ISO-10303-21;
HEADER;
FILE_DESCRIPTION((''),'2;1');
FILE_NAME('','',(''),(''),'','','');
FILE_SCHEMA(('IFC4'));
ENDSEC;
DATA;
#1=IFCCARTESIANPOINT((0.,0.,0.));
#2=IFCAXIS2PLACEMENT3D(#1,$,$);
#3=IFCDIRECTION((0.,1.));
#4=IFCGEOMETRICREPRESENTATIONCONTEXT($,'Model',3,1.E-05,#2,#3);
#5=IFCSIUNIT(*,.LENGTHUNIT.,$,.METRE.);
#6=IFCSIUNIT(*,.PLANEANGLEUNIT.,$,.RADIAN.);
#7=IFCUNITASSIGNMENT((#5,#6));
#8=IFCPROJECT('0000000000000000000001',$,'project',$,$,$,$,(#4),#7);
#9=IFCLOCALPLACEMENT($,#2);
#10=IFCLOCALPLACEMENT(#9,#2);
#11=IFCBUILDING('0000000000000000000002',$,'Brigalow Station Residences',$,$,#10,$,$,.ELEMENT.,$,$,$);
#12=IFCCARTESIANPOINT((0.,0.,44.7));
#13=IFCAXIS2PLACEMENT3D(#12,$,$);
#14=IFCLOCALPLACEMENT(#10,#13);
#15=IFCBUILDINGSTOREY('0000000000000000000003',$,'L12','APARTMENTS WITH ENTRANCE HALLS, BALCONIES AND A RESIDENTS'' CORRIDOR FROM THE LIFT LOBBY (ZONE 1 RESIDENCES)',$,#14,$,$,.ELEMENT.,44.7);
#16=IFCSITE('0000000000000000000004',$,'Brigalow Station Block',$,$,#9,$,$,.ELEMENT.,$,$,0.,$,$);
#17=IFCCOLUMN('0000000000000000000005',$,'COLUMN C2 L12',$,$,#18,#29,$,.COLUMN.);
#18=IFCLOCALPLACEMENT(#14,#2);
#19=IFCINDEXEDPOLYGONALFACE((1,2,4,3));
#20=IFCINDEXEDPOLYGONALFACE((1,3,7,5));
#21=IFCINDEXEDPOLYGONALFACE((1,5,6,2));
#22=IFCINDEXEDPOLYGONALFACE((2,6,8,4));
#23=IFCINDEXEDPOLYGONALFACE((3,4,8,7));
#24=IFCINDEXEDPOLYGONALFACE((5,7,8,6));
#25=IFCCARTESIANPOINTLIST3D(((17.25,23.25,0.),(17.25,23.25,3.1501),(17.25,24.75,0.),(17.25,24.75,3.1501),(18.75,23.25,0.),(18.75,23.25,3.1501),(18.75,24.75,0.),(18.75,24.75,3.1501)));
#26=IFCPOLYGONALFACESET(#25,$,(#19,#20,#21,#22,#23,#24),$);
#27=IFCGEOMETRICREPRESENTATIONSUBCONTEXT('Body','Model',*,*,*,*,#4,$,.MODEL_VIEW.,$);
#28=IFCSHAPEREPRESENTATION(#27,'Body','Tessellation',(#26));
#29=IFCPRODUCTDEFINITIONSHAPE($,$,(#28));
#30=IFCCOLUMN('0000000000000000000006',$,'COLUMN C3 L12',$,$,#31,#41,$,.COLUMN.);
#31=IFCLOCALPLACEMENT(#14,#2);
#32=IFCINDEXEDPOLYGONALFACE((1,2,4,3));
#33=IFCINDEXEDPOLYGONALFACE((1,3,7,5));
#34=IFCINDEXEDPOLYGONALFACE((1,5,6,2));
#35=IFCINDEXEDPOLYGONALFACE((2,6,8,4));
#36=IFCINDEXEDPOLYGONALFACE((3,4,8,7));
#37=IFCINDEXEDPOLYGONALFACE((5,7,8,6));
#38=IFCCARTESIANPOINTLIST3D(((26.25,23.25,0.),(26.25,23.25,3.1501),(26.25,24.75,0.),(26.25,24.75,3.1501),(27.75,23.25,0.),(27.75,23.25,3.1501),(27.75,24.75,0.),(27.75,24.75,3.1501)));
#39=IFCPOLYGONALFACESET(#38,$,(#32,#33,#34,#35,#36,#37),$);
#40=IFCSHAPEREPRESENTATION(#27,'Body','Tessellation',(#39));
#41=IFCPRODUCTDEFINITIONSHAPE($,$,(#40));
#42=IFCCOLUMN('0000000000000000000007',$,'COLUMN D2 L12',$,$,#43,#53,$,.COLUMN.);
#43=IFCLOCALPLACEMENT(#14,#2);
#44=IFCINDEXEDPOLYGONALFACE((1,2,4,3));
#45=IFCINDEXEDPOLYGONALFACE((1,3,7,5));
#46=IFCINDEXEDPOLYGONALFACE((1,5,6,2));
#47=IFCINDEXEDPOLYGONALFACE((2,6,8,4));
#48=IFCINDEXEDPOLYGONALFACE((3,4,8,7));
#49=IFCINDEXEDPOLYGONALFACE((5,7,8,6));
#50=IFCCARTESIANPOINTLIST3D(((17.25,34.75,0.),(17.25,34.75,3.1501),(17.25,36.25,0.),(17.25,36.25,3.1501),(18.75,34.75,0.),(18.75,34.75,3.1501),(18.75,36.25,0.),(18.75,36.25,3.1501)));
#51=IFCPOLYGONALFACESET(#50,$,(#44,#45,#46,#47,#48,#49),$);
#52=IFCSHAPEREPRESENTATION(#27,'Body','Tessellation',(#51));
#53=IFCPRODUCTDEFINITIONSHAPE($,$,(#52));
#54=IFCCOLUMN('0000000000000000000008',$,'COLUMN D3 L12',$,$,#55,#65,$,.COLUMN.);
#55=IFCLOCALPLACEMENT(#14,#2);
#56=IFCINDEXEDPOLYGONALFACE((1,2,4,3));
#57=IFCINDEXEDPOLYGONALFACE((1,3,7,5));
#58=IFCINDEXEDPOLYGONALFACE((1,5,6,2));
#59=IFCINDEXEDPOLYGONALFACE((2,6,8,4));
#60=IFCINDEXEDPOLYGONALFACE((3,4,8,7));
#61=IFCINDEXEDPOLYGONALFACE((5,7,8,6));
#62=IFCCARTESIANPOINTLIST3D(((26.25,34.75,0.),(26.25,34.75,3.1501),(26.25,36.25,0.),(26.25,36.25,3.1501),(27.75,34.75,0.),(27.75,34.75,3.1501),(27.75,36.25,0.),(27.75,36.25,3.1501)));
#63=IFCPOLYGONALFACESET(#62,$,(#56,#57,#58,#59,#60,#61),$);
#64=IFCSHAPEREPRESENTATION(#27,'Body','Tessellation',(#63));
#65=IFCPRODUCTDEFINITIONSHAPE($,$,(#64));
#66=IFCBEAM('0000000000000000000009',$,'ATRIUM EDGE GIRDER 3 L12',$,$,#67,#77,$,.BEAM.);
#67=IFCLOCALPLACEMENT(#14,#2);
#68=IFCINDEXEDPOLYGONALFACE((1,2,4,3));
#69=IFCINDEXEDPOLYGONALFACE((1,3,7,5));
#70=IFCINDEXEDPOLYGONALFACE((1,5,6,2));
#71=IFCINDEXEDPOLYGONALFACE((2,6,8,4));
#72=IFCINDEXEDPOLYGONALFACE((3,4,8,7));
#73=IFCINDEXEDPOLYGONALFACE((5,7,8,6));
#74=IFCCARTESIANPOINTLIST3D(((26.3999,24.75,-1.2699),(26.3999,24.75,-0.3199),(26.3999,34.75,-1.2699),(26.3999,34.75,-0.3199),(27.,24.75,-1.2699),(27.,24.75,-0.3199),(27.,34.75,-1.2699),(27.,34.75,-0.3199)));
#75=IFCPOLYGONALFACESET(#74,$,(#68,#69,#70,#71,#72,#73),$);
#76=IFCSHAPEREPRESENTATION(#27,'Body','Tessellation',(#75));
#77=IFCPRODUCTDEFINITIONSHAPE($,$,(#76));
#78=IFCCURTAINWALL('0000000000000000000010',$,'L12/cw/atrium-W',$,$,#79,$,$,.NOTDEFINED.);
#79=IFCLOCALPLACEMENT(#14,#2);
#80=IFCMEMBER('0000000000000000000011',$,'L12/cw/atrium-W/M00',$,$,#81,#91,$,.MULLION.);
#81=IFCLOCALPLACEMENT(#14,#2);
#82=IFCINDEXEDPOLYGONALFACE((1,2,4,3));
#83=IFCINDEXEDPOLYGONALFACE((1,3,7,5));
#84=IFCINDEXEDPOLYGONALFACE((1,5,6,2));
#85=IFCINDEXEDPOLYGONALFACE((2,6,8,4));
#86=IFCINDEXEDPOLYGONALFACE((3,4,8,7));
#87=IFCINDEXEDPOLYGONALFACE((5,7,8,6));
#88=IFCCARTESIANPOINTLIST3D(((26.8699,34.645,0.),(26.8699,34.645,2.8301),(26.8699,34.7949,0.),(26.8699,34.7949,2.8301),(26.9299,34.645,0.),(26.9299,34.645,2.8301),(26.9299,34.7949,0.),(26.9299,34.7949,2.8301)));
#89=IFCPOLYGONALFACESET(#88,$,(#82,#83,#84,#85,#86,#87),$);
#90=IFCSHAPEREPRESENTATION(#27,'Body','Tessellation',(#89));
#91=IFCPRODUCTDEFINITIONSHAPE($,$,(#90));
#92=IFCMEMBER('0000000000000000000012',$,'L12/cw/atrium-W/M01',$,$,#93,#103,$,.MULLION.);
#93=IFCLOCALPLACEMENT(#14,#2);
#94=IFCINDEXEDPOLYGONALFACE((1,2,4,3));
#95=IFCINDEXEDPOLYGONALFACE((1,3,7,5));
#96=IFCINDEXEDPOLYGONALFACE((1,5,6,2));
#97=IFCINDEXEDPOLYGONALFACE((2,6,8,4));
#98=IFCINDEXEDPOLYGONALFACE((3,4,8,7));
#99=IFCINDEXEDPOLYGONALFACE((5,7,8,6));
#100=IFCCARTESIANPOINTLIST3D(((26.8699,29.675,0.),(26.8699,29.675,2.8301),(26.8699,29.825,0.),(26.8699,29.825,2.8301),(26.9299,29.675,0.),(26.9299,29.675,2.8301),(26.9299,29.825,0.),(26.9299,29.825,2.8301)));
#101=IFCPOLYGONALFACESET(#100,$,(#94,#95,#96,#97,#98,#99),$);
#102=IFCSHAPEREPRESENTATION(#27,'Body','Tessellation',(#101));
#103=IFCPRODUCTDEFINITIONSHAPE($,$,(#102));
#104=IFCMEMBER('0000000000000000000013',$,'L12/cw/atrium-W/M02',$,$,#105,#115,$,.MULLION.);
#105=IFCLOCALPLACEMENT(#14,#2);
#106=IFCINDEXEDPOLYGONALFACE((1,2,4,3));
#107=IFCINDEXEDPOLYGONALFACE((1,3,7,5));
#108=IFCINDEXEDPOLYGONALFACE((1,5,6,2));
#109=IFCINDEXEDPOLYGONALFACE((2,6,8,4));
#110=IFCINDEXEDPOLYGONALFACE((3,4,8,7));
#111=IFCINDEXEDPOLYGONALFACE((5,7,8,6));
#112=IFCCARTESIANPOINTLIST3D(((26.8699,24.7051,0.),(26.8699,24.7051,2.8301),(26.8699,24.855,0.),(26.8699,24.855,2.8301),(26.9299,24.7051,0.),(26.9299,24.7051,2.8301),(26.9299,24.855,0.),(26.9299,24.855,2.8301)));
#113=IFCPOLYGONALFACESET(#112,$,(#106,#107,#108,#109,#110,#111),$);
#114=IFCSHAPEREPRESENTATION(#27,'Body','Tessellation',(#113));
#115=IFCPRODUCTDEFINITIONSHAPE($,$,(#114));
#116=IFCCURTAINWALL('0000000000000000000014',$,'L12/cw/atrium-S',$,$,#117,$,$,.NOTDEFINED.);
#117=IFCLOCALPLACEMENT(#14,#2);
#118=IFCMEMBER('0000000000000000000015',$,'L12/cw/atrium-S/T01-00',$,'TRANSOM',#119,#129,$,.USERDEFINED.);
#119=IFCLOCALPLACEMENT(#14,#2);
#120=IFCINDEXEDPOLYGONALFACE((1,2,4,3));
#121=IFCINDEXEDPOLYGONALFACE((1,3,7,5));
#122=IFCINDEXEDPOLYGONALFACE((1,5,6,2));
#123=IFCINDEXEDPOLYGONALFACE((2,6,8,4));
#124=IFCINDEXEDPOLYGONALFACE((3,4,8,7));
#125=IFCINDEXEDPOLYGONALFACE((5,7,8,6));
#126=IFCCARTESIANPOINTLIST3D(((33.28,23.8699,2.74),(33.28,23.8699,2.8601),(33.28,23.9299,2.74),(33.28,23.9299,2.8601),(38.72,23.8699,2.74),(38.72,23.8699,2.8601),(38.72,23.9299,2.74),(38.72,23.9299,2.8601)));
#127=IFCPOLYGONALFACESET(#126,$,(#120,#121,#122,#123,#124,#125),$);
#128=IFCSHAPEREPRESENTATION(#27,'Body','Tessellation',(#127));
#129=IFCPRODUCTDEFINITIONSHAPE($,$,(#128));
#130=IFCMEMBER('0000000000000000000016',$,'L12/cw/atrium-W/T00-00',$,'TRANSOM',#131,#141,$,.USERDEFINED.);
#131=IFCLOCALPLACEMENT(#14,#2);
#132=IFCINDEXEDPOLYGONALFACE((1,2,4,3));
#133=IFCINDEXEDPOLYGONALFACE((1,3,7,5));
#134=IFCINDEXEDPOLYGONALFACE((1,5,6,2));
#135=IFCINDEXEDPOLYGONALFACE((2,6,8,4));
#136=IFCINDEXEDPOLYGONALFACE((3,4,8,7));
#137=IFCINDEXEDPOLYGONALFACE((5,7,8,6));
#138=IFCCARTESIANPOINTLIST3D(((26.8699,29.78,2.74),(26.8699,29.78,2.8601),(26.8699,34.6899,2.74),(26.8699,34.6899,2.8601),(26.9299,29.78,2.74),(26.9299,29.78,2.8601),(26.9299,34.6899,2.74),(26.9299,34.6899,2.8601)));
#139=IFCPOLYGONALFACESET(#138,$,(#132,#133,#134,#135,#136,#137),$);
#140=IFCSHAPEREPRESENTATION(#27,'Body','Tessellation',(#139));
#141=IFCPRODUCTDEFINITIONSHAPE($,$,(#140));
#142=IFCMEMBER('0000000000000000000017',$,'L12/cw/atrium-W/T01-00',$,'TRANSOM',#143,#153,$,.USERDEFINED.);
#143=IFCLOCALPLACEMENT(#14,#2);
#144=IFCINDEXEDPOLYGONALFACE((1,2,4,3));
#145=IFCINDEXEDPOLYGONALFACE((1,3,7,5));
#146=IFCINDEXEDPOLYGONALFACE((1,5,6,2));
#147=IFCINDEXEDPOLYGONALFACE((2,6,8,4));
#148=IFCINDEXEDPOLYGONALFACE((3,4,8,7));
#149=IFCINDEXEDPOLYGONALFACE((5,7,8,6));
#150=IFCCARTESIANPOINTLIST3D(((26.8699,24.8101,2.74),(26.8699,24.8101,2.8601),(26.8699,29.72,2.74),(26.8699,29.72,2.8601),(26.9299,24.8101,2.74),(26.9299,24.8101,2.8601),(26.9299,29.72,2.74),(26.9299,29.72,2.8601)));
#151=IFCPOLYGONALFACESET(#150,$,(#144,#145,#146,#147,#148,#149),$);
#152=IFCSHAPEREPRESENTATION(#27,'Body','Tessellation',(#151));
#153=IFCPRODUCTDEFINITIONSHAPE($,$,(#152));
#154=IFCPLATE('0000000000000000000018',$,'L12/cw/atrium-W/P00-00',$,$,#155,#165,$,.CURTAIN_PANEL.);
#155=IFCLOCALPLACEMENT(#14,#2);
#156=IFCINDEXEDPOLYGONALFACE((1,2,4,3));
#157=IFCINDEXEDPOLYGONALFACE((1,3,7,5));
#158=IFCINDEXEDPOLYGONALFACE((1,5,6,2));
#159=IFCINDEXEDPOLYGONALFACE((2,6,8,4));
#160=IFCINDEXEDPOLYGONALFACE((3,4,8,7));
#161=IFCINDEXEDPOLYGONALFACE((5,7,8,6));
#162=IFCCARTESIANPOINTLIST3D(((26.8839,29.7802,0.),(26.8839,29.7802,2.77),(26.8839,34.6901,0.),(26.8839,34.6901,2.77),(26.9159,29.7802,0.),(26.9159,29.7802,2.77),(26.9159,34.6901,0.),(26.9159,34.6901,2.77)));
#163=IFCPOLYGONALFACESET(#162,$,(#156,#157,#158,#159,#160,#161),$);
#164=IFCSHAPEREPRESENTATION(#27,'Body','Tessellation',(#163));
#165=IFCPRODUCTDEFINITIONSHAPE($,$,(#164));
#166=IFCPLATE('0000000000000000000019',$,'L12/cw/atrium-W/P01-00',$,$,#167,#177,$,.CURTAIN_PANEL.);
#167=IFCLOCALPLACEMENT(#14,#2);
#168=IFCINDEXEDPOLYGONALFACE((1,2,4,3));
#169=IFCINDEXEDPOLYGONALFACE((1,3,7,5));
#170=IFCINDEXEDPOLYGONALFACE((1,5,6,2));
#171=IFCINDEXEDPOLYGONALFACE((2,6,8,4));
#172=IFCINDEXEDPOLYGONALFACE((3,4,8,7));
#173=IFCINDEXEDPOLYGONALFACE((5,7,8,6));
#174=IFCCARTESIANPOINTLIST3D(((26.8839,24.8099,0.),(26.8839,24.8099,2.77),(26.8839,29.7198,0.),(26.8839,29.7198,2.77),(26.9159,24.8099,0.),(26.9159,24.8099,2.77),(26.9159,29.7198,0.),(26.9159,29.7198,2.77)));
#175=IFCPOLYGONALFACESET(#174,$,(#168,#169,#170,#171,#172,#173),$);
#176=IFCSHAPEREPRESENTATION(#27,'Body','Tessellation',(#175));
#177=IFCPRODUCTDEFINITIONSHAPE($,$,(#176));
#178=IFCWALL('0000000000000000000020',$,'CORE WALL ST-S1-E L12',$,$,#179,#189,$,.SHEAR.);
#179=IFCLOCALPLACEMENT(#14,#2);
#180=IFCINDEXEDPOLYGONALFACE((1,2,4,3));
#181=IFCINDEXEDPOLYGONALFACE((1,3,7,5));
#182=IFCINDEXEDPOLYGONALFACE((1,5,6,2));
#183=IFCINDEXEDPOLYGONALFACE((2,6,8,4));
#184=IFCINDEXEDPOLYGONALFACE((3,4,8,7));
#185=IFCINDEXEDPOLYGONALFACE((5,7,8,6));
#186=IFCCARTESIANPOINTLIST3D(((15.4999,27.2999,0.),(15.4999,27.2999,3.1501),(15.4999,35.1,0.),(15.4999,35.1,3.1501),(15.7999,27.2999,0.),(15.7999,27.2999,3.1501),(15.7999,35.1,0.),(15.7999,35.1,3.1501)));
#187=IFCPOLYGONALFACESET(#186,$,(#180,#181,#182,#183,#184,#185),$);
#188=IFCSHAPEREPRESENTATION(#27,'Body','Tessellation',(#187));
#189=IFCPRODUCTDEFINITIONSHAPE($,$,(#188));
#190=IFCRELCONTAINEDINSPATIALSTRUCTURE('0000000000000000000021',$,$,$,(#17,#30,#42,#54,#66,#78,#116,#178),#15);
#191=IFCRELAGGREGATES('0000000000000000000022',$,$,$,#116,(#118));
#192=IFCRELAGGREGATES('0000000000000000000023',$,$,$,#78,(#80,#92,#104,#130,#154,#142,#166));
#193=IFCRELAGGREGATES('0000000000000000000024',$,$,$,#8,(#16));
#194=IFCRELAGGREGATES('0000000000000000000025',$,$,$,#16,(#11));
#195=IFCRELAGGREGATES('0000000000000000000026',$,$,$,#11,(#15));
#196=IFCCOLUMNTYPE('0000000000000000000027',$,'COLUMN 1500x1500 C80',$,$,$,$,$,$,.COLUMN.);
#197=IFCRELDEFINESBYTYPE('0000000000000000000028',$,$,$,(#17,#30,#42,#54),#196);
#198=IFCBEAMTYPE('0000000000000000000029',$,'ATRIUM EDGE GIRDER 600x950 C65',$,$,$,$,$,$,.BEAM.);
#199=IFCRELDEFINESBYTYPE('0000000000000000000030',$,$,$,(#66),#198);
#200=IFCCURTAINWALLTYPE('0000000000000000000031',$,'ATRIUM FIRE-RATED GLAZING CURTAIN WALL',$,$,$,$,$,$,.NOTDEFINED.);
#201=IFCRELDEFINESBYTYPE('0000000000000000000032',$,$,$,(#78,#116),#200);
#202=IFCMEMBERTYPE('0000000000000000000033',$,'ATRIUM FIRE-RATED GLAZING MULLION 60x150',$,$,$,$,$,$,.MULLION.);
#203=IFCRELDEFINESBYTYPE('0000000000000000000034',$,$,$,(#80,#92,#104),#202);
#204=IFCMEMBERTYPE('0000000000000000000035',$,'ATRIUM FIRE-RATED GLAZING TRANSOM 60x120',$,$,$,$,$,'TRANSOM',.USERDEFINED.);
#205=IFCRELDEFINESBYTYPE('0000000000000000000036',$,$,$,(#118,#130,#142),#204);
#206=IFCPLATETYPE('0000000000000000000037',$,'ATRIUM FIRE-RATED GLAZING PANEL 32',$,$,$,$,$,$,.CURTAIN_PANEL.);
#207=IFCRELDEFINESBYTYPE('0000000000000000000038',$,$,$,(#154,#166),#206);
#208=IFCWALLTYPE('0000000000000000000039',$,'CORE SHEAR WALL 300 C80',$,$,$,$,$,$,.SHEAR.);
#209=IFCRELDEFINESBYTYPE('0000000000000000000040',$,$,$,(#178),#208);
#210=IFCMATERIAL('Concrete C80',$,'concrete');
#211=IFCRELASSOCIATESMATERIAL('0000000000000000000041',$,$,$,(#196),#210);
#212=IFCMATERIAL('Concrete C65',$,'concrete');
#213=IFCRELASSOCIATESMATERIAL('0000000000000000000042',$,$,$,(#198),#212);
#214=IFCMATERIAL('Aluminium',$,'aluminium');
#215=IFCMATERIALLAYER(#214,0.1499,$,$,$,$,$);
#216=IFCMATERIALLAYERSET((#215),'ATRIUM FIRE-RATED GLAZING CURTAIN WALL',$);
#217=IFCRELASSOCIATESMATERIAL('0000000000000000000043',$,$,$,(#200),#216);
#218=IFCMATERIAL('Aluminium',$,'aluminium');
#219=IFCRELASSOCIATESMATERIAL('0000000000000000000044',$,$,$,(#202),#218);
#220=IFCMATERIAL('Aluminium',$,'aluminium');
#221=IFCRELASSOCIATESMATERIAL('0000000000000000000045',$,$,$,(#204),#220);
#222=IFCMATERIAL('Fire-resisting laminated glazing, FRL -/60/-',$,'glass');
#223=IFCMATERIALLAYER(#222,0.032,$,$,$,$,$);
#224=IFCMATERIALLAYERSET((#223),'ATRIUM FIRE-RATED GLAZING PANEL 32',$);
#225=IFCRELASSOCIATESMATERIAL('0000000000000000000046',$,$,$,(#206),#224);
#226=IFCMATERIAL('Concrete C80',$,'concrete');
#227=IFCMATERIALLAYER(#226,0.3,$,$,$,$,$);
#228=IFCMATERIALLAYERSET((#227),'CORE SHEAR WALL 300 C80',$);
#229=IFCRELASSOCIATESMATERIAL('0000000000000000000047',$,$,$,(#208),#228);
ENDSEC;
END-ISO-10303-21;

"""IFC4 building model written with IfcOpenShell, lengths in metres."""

from ifc_helpers import new_model, si_unit, direction, frame, frame_2d, origin, origin_2d, place, context, subcontext, project, spatial, rectangle, extrude, material, layer, layer_set, material_profile, profile_set, type_object, element, aggregate, save


model = new_model("IFC4")

# Units and contexts
model_context = context("Model", 3, precision=1e-05, world=origin(), true_north=direction((0.0, 1.0)))
body_context = subcontext(model_context, "Body", "Model", "MODEL_VIEW")
ifc_project = project(units=[si_unit("LENGTHUNIT", "METRE"), si_unit("PLANEANGLEUNIT", "RADIAN")], contexts=[model_context])

# Site, building, storey
site_placement = place(None, origin())
site = spatial("IfcSite", under=ifc_project, at=site_placement, Name="Brigalow Station Block", CompositionType="ELEMENT", RefElevation=0.0)
building_placement = place(site_placement, origin())
building = spatial("IfcBuilding", under=site, at=building_placement, Name="Brigalow Station Residences", CompositionType="ELEMENT")
storey_placement = place(building_placement, frame((0.0, 0.0, 44.7)))
storey = spatial("IfcBuildingStorey", under=building, at=storey_placement, Name="L12", Description="APARTMENTS WITH ENTRANCE HALLS, BALCONIES AND A RESIDENTS' CORRIDOR FROM THE LIFT LOBBY (ZONE 1 RESIDENCES)", CompositionType="ELEMENT", Elevation=44.7)

# Columns
ifc_material_1 = material(Name="Concrete C80", Category="concrete")
ifc_material_profile_1 = material_profile(ifc_material_1, rectangle(XDim=1.5, YDim=1.5, at=origin_2d()), Name="RC1500x1500")
ifc_profile_set_1 = profile_set([ifc_material_profile_1], Name="Concrete C80")
column_type = type_object("IfcColumnType", Name="COLUMN 1500x1500 C80", PredefinedType="COLUMN", material=ifc_profile_set_1)
for number, where, z_axis, x_axis, name in (
    (1, (18.0, 24.0, 0.0), (0.0, 0.0, 1.0), (1.0, 0.0, 0.0), "COLUMN C2 L12"),
    (2, (27.0, 24.0, 0.0), (0.0, 0.0, 1.0), (1.0, 0.0, 0.0), "COLUMN C3 L12"),
    (3, (18.0, 35.5, 0.0), (0.0, 0.0, 1.0), (1.0, 0.0, 0.0), "COLUMN D2 L12"),
    (4, (27.0, 35.5, 0.0), (0.0, 0.0, 1.0), (1.0, 0.0, 0.0), "COLUMN D3 L12"),
):
    element("IfcColumn", number, at=place(storey_placement, frame(where, z_axis=z_axis, x_axis=x_axis)), inside=storey, type_object=column_type, Name=name, PredefinedType="COLUMN", context=body_context, shape_type="SweptSolid", body=[
        extrude(rectangle(XDim=1.5, YDim=1.5, at=origin_2d()), origin(), (0.0, 0.0, 1.0), 3.1501),
    ])

# Beam
ifc_material_2 = material(Name="Concrete C65", Category="concrete")
ifc_material_profile_2 = material_profile(ifc_material_2, rectangle(XDim=0.6001, YDim=0.95, at=origin_2d()), Name="RC600x950")
ifc_profile_set_2 = profile_set([ifc_material_profile_2], Name="Concrete C65")
beam_type = type_object("IfcBeamType", Name="ATRIUM EDGE GIRDER 600x950 C65", PredefinedType="BEAM", material=ifc_profile_set_2)
beam_placement = place(storey_placement, frame((26.7, 24.75, -0.7949), z_axis=(0.0, 1.0, 0.0), x_axis=(-1.0, 0.0, 0.0)))
element("IfcBeam", 5, at=beam_placement, inside=storey, type_object=beam_type, Name="ATRIUM EDGE GIRDER 3 L12", PredefinedType="BEAM", context=body_context, shape_type="SweptSolid", body=[
    extrude(rectangle(XDim=0.6001, YDim=0.95, at=origin_2d()), origin(), (0.0, 0.0, 1.0), 10.0),
])

# Curtain wall, members
ifc_material_3 = material(Name="Aluminium", Category="aluminium")
ifc_layer_1 = layer(ifc_material_3, 0.1499)
ifc_layer_set_1 = layer_set([ifc_layer_1], Name="ATRIUM FIRE-RATED GLAZING CURTAIN WALL")
curtain_wall_type = type_object("IfcCurtainWallType", Name="ATRIUM FIRE-RATED GLAZING CURTAIN WALL", PredefinedType="NOTDEFINED", material=ifc_layer_set_1)
curtain_wall_1_placement = place(storey_placement, origin())
curtain_wall_1 = element("IfcCurtainWall", 6, at=curtain_wall_1_placement, inside=storey, type_object=curtain_wall_type, Name="L12/cw/atrium-W", PredefinedType="NOTDEFINED")
ifc_material_4 = material(Name="Aluminium", Category="aluminium")
ifc_material_profile_3 = material_profile(ifc_material_4, rectangle(XDim=0.0601, YDim=0.1499, at=origin_2d()), Name="ATRIUM FIRE-RATED GLAZING MULLION 60x150")
ifc_profile_set_3 = profile_set([ifc_material_profile_3], Name="Aluminium")
member_type_1 = type_object("IfcMemberType", Name="ATRIUM FIRE-RATED GLAZING MULLION 60x150", PredefinedType="MULLION", material=ifc_profile_set_3)
member_1_placement = place(storey_placement, frame((26.8999, 34.72, 0.0), z_axis=(0.0, 0.0, 1.0), x_axis=(1.0, 0.0, 0.0)))
member_1 = element("IfcMember", 7, at=member_1_placement, type_object=member_type_1, Name="L12/cw/atrium-W/M00", PredefinedType="MULLION", context=body_context, shape_type="SweptSolid", body=[
    extrude(rectangle(XDim=0.0601, YDim=0.1499, at=origin_2d()), origin(), (0.0, 0.0, 1.0), 2.8301),
])
member_2_placement = place(storey_placement, frame((26.8999, 29.75, 0.0), z_axis=(0.0, 0.0, 1.0), x_axis=(1.0, 0.0, 0.0)))
member_2 = element("IfcMember", 8, at=member_2_placement, type_object=member_type_1, Name="L12/cw/atrium-W/M01", PredefinedType="MULLION", context=body_context, shape_type="SweptSolid", body=[
    extrude(rectangle(XDim=0.0601, YDim=0.1499, at=origin_2d()), origin(), (0.0, 0.0, 1.0), 2.8301),
])
member_3_placement = place(storey_placement, frame((26.8999, 24.78, 0.0), z_axis=(0.0, 0.0, 1.0), x_axis=(1.0, 0.0, 0.0)))
member_3 = element("IfcMember", 9, at=member_3_placement, type_object=member_type_1, Name="L12/cw/atrium-W/M02", PredefinedType="MULLION", context=body_context, shape_type="SweptSolid", body=[
    extrude(rectangle(XDim=0.0601, YDim=0.1499, at=origin_2d()), origin(), (0.0, 0.0, 1.0), 2.8301),
])

# Curtain wall, member
curtain_wall_2_placement = place(storey_placement, origin())
curtain_wall_2 = element("IfcCurtainWall", 10, at=curtain_wall_2_placement, inside=storey, type_object=curtain_wall_type, Name="L12/cw/atrium-S", PredefinedType="NOTDEFINED")
ifc_material_5 = material(Name="Aluminium", Category="aluminium")
ifc_material_profile_4 = material_profile(ifc_material_5, rectangle(XDim=0.0601, YDim=0.1201, at=origin_2d()), Name="ATRIUM FIRE-RATED GLAZING TRANSOM 60x120")
ifc_profile_set_4 = profile_set([ifc_material_profile_4], Name="Aluminium")
member_type_2 = type_object("IfcMemberType", Name="ATRIUM FIRE-RATED GLAZING TRANSOM 60x120", ElementType="TRANSOM", PredefinedType="USERDEFINED", material=ifc_profile_set_4)
member_4_placement = place(storey_placement, frame((33.28, 23.8999, 2.8), z_axis=(1.0, 0.0, 0.0), x_axis=(0.0, 1.0, 0.0)))
member_4 = element("IfcMember", 11, at=member_4_placement, type_object=member_type_2, Name="L12/cw/atrium-S/T01-00", ObjectType="TRANSOM", PredefinedType="USERDEFINED", context=body_context, shape_type="SweptSolid", body=[
    extrude(rectangle(XDim=0.0601, YDim=0.1201, at=origin_2d()), origin(), (0.0, 0.0, 1.0), 5.4399),
])
aggregate(curtain_wall_2, [member_4])

# Members
member_5_placement = place(storey_placement, frame((26.8999, 34.6899, 2.8), z_axis=(0.0, -1.0, 0.0), x_axis=(1.0, 0.0, 0.0)))
member_5 = element("IfcMember", 12, at=member_5_placement, type_object=member_type_2, Name="L12/cw/atrium-W/T00-00", ObjectType="TRANSOM", PredefinedType="USERDEFINED", context=body_context, shape_type="SweptSolid", body=[
    extrude(rectangle(XDim=0.0601, YDim=0.1201, at=origin_2d()), origin(), (0.0, 0.0, 1.0), 4.9099),
])
member_6_placement = place(storey_placement, frame((26.8999, 29.72, 2.8), z_axis=(0.0, -1.0, 0.0), x_axis=(1.0, 0.0, 0.0)))
member_6 = element("IfcMember", 13, at=member_6_placement, type_object=member_type_2, Name="L12/cw/atrium-W/T01-00", ObjectType="TRANSOM", PredefinedType="USERDEFINED", context=body_context, shape_type="SweptSolid", body=[
    extrude(rectangle(XDim=0.0601, YDim=0.1201, at=origin_2d()), origin(), (0.0, 0.0, 1.0), 4.9099),
])

# Plates
ifc_material_6 = material(Name="Fire-resisting laminated glazing, FRL -/60/-", Category="glass")
ifc_layer_2 = layer(ifc_material_6, 0.032)
ifc_layer_set_2 = layer_set([ifc_layer_2], Name="ATRIUM FIRE-RATED GLAZING PANEL 32")
plate_type = type_object("IfcPlateType", Name="ATRIUM FIRE-RATED GLAZING PANEL 32", PredefinedType="CURTAIN_PANEL", material=ifc_layer_set_2)
plate_1_placement = place(storey_placement, frame((26.8999, 32.2351, 0.0), z_axis=(0.0, 0.0, 1.0), x_axis=(0.0, -1.0, 0.0)))
plate_1 = element("IfcPlate", 14, at=plate_1_placement, type_object=plate_type, Name="L12/cw/atrium-W/P00-00", PredefinedType="CURTAIN_PANEL", context=body_context, shape_type="SweptSolid", body=[
    extrude(rectangle(XDim=4.9099, YDim=0.032, at=origin_2d()), origin(), (0.0, 0.0, 1.0), 2.77),
])
plate_2_placement = place(storey_placement, frame((26.8999, 27.2649, 0.0), z_axis=(0.0, 0.0, 1.0), x_axis=(0.0, -1.0, 0.0)))
plate_2 = element("IfcPlate", 15, at=plate_2_placement, type_object=plate_type, Name="L12/cw/atrium-W/P01-00", PredefinedType="CURTAIN_PANEL", context=body_context, shape_type="SweptSolid", body=[
    extrude(rectangle(XDim=4.9099, YDim=0.032, at=origin_2d()), origin(), (0.0, 0.0, 1.0), 2.77),
])
aggregate(curtain_wall_1, [member_1, member_2, member_3, member_5, plate_1, member_6, plate_2])

# Wall
ifc_material_7 = material(Name="Concrete C80", Category="concrete")
ifc_layer_3 = layer(ifc_material_7, 0.3)
ifc_layer_set_3 = layer_set([ifc_layer_3], Name="CORE SHEAR WALL 300 C80")
wall_type_1 = type_object("IfcWallType", Name="CORE SHEAR WALL 300 C80", PredefinedType="SHEAR", material=ifc_layer_set_3)
wall_1_placement = place(storey_placement, frame((15.6499, 27.3, 0.0), z_axis=(0.0, 0.0, 1.0), x_axis=(0.0, 1.0, 0.0)))
element("IfcWall", 16, at=wall_1_placement, inside=storey, type_object=wall_type_1, Name="CORE WALL ST-S1-E L12", PredefinedType="SHEAR", context=body_context, shape_type="SweptSolid", body=[
    extrude(rectangle(XDim=7.8, YDim=0.3, at=frame_2d((3.8999, 0.0))), origin(), (0.0, 0.0, 1.0), 3.1501),
])

save(model, "model.ifc")
